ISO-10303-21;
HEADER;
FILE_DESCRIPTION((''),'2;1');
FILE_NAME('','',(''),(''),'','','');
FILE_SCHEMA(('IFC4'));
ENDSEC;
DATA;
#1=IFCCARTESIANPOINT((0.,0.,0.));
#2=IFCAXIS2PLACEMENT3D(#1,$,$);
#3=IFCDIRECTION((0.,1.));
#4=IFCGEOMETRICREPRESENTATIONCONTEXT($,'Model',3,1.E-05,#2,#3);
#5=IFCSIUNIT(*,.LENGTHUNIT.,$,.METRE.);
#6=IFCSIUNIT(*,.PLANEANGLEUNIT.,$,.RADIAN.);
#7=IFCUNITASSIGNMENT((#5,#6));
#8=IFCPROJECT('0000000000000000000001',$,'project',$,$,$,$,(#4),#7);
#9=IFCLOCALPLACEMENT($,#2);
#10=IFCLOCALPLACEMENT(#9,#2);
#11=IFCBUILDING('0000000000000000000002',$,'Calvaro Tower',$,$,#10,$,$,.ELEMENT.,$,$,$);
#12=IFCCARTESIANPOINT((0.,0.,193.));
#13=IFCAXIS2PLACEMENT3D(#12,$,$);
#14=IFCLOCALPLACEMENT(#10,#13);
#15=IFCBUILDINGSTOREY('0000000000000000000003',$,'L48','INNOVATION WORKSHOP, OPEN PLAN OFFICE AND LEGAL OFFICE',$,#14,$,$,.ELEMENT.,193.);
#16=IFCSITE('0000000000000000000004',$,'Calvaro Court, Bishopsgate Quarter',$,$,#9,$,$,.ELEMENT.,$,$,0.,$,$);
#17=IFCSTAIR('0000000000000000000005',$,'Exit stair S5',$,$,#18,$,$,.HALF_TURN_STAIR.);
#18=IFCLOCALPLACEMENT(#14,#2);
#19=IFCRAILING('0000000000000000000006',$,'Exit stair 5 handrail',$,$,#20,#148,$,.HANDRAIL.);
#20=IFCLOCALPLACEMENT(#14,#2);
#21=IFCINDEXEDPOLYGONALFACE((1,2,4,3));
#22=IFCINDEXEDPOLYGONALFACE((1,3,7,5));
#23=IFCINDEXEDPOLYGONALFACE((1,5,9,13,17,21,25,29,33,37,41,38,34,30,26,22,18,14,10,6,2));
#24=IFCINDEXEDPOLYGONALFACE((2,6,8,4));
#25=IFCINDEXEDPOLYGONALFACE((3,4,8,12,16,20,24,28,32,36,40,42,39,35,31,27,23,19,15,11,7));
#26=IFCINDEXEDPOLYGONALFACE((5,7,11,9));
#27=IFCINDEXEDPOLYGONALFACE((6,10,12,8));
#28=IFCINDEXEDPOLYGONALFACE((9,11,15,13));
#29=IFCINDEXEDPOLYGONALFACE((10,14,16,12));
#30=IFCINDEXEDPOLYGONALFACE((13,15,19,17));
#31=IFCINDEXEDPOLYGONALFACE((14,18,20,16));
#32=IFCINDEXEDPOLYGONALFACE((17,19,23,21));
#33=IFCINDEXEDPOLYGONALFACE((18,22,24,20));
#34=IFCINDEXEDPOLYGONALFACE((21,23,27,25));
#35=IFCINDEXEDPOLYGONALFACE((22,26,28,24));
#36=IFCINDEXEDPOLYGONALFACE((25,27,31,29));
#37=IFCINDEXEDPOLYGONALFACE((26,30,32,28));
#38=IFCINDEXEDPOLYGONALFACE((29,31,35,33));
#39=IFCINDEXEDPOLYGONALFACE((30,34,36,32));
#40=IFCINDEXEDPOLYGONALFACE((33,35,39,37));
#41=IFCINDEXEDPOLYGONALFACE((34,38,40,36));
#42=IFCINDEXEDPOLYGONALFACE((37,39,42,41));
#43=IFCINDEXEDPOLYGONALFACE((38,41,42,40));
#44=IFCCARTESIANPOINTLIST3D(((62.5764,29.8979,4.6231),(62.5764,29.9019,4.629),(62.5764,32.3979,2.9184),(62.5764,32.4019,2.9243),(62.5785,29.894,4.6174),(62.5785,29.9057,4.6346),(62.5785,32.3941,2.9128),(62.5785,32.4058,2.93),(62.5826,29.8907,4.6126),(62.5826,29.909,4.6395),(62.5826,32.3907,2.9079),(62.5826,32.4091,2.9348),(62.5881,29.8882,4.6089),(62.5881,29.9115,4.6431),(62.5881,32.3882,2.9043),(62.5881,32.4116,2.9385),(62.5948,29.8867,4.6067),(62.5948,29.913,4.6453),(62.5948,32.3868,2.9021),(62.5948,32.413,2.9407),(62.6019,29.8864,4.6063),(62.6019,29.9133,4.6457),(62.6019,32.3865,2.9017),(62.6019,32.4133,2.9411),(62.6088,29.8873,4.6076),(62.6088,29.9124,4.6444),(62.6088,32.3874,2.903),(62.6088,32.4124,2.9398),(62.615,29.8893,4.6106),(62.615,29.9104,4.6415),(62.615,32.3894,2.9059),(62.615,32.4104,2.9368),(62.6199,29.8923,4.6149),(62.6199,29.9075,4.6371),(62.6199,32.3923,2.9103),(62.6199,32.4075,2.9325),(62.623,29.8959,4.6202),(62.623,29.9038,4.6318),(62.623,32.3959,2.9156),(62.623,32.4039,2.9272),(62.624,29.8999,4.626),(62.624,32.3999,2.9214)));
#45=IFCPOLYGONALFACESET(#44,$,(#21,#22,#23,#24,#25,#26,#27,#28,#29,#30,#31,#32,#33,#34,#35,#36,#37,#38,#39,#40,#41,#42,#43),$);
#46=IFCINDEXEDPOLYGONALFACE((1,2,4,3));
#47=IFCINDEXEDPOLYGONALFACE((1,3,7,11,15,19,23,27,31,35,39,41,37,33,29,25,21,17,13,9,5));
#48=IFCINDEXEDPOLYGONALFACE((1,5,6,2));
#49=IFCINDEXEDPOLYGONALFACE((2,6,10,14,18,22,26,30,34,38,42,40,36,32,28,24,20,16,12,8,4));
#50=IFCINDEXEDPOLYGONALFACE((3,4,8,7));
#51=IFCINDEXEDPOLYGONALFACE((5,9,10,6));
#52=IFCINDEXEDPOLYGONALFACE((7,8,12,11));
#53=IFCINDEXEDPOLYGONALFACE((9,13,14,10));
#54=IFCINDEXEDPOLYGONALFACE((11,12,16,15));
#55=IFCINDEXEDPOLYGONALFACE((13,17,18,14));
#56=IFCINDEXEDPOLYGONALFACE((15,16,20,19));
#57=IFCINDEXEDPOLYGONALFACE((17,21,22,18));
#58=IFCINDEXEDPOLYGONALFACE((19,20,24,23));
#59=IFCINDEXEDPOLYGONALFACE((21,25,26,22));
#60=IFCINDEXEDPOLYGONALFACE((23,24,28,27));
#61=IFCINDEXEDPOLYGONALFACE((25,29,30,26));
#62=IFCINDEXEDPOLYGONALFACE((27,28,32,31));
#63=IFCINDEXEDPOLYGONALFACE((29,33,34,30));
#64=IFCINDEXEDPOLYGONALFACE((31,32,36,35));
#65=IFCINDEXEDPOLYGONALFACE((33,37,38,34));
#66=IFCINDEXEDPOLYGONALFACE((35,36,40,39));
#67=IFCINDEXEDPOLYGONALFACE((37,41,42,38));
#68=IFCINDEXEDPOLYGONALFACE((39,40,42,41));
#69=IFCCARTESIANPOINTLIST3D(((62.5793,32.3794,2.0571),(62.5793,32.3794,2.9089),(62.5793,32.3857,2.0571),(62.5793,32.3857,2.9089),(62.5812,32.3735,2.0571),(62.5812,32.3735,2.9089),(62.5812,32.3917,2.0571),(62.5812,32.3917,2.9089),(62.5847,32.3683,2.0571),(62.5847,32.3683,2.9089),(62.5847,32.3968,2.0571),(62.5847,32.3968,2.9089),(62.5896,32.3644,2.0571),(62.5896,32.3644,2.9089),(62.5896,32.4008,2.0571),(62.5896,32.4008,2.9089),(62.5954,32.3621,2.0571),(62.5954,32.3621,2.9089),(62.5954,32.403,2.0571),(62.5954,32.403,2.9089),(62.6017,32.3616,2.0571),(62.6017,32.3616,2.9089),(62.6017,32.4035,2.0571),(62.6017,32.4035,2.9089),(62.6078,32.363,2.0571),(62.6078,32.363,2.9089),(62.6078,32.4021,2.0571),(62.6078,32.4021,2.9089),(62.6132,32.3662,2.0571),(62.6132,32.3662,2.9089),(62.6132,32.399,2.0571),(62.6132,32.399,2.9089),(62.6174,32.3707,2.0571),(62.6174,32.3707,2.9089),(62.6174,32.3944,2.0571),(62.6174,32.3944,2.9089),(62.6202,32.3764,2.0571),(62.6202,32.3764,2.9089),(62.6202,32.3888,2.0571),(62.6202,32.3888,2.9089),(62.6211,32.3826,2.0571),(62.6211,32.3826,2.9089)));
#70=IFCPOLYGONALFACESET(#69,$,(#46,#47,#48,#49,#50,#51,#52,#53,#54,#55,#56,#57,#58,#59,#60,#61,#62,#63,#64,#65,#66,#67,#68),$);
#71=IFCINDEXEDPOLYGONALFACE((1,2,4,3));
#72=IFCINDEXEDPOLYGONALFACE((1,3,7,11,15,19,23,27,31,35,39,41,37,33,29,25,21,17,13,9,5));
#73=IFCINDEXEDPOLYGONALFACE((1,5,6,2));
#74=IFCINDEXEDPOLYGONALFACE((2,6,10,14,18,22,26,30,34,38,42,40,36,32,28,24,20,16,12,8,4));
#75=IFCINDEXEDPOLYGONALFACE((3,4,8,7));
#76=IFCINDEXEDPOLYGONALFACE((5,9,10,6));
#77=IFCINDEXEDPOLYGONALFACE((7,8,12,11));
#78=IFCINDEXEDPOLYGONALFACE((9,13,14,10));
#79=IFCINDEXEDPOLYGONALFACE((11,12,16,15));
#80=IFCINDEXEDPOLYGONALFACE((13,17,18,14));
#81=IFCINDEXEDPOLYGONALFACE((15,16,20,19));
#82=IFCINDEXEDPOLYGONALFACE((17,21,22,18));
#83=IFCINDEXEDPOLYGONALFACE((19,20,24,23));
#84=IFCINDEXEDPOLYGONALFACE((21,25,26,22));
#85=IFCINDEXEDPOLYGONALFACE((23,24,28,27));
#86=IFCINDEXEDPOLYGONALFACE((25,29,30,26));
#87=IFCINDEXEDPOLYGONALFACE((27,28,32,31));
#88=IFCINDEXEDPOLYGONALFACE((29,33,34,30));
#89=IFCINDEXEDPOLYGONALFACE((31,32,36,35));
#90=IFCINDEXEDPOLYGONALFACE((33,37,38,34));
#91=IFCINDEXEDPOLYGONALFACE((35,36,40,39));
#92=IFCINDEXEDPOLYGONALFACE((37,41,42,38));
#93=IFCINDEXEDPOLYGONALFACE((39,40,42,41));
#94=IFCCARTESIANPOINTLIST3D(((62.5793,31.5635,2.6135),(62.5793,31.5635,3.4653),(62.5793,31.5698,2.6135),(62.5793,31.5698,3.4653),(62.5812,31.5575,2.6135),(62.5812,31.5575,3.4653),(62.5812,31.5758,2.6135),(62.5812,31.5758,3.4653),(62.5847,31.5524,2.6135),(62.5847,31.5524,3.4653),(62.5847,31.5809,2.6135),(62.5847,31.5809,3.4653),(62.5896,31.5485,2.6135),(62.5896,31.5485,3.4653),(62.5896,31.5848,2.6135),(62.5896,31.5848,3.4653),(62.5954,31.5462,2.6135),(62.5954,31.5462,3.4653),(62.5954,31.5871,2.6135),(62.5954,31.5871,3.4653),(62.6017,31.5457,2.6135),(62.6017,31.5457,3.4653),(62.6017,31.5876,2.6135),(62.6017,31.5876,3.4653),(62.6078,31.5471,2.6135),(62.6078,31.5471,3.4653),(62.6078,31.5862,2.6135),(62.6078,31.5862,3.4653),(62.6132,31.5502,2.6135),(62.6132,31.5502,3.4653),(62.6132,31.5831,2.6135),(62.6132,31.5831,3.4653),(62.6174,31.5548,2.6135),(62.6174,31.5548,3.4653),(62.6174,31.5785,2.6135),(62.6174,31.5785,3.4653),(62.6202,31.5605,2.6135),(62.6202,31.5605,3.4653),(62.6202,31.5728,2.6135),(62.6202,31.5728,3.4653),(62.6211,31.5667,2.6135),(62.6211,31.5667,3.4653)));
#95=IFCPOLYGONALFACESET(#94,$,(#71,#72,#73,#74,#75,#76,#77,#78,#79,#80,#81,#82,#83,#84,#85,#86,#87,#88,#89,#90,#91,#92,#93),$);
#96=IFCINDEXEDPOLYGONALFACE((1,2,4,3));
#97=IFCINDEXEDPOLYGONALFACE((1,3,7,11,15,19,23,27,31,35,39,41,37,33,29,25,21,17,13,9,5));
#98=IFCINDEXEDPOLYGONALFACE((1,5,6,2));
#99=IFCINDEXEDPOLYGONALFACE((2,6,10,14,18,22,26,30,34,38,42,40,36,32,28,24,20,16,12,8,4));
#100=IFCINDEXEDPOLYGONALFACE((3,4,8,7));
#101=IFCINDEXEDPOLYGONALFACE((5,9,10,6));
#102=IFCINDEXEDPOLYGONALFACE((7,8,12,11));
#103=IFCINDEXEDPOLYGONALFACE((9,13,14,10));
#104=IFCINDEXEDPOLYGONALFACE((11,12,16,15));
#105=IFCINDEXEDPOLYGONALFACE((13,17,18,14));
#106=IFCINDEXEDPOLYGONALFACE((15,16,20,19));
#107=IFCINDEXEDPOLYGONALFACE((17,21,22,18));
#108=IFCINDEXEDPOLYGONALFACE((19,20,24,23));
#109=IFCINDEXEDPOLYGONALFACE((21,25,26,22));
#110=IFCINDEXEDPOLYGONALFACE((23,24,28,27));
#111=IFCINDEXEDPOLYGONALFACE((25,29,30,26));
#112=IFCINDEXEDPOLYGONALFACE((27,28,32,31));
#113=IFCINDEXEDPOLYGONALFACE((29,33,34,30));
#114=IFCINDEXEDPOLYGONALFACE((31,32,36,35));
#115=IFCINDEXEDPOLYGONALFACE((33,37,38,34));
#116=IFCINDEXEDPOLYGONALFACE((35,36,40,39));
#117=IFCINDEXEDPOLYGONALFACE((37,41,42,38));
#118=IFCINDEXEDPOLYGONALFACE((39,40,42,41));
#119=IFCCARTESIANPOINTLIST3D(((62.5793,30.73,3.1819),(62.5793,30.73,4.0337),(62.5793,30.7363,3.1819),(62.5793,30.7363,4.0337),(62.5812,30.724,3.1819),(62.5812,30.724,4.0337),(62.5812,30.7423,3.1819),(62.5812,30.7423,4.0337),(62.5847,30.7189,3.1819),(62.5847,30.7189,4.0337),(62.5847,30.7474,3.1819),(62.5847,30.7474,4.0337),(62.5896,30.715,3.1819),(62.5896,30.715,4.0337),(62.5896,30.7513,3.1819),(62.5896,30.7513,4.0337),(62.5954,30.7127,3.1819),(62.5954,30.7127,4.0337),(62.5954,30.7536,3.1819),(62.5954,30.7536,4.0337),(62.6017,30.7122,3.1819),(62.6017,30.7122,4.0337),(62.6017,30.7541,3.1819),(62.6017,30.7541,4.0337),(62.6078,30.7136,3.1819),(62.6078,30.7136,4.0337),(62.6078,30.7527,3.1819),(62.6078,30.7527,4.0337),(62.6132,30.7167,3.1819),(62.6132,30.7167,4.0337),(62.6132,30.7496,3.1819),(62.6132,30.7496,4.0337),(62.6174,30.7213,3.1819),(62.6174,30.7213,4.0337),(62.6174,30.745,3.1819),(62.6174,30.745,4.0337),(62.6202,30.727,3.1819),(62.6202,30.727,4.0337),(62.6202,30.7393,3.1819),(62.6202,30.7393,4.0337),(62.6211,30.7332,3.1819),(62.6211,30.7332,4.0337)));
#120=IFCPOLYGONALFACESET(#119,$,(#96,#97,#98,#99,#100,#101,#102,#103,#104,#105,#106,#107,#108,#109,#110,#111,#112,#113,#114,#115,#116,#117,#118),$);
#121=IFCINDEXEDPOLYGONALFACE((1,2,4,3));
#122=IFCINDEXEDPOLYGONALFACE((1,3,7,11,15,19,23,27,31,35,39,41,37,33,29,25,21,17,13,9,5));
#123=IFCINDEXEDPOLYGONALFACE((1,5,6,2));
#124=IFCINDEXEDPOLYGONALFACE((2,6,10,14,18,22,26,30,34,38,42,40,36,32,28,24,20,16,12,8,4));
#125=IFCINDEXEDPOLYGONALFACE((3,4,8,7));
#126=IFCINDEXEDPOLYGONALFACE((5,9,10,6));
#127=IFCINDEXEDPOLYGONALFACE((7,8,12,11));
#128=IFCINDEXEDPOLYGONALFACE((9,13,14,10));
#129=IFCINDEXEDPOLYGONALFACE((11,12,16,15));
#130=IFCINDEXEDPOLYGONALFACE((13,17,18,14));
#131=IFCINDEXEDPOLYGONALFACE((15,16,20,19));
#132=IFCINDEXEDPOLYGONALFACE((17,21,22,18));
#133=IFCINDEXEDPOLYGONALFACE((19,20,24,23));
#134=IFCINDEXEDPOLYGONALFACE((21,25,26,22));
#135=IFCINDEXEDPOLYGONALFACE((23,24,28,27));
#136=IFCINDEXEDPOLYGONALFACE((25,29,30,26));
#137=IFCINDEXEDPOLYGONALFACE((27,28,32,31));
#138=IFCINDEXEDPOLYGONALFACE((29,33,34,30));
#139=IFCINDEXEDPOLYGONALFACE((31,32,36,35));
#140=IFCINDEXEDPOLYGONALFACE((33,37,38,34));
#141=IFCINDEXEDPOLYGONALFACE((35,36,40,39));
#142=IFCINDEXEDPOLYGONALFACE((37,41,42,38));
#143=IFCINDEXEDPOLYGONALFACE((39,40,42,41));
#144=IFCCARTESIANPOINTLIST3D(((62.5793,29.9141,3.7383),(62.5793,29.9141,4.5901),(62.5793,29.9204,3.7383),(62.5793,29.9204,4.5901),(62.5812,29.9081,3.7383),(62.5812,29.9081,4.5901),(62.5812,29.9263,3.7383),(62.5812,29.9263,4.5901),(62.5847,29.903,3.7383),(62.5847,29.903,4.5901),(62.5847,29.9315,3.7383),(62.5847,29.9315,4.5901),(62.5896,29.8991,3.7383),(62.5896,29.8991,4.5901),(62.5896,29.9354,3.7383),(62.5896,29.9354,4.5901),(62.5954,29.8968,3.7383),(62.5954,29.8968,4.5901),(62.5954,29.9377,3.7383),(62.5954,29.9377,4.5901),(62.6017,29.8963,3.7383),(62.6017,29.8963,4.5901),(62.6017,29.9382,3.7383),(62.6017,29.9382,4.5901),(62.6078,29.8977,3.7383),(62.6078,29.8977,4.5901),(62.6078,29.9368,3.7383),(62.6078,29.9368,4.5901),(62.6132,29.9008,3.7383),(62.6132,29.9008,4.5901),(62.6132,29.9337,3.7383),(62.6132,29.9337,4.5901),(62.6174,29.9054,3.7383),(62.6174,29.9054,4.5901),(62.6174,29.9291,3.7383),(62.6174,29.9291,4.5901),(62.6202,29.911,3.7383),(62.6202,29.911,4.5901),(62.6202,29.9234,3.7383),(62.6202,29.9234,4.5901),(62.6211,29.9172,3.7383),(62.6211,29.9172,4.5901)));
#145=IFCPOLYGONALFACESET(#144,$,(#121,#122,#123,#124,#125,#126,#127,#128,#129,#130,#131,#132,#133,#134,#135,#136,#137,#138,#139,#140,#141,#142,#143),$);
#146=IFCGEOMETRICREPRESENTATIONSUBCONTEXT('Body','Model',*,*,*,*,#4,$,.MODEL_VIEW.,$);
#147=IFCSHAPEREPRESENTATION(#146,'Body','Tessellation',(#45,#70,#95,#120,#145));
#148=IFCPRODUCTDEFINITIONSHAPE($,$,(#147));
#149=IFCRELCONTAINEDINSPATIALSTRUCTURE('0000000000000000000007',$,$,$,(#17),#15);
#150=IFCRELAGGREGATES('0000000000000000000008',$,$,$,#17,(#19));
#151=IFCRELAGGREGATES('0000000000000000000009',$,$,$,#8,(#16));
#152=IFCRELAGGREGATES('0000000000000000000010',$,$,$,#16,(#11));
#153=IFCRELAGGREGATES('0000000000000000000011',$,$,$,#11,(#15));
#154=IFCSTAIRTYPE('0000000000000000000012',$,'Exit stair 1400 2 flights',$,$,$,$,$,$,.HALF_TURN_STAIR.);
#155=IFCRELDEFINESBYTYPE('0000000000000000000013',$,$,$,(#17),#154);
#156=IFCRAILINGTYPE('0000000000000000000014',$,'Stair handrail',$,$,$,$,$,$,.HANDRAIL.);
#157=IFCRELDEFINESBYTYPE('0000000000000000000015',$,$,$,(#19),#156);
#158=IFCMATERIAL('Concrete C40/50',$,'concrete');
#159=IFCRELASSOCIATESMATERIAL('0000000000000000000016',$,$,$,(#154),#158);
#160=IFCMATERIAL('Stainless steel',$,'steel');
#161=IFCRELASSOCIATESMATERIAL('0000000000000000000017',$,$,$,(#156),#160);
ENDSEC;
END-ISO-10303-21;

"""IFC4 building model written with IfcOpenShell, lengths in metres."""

from ifc_helpers import new_model, si_unit, direction, frame, origin, origin_2d, place, context, subcontext, project, spatial, circle, extrude, material, type_object, element, aggregate, save


model = new_model("IFC4")

# Units and contexts
model_context = context("Model", 3, precision=1e-05, world=origin(), true_north=direction((0.0, 1.0)))
body_context = subcontext(model_context, "Body", "Model", "MODEL_VIEW")
ifc_project = project(units=[si_unit("LENGTHUNIT", "METRE"), si_unit("PLANEANGLEUNIT", "RADIAN")], contexts=[model_context])

# Site, building, storey
site_placement = place(None, origin())
site = spatial("IfcSite", under=ifc_project, at=site_placement, Name="Calvaro Court, Bishopsgate Quarter", CompositionType="ELEMENT", RefElevation=0.0)
building_placement = place(site_placement, origin())
building = spatial("IfcBuilding", under=site, at=building_placement, Name="Calvaro Tower", CompositionType="ELEMENT")
storey_placement = place(building_placement, frame((0.0, 0.0, 193.0)))
storey = spatial("IfcBuildingStorey", under=building, at=storey_placement, Name="L48", Description="INNOVATION WORKSHOP, OPEN PLAN OFFICE AND LEGAL OFFICE", CompositionType="ELEMENT", Elevation=193.0)

# Stair, railing
ifc_material_1 = material(Name="Concrete C40/50", Category="concrete")
stair_type = type_object("IfcStairType", Name="Exit stair 1400 2 flights", PredefinedType="HALF_TURN_STAIR", material=ifc_material_1)
stair_placement = place(storey_placement, origin())
stair = element("IfcStair", 1, at=stair_placement, inside=storey, type_object=stair_type, Name="Exit stair S5", PredefinedType="HALF_TURN_STAIR")
ifc_material_2 = material(Name="Stainless steel", Category="steel")
railing_type = type_object("IfcRailingType", Name="Stair handrail", PredefinedType="HANDRAIL", material=ifc_material_2)
railing_1_placement = place(storey_placement, frame((62.6001, 32.3999, 2.0454)))
railing_1 = element("IfcRailing", 2, at=railing_1_placement, type_object=railing_type, Name="Exit stair 5 handrail", PredefinedType="HANDRAIL", context=body_context, shape_type="SweptSolid", body=[
    extrude(circle(Radius=0.0239, at=origin_2d()), frame((0.0, 0.0, 0.876), z_axis=(0.0, -0.826221, 0.563347), x_axis=(1.0, 0.0, 0.0)), (0.0, 0.0, 1.0), 3.0259),
    extrude(circle(Radius=0.021, at=origin_2d()), frame((0.0, -0.0173, 0.0117)), (0.0, 0.0, 1.0), 0.8518),
    extrude(circle(Radius=0.021, at=origin_2d()), frame((0.0, -0.8333, 0.5681)), (0.0, 0.0, 1.0), 0.8518),
    extrude(circle(Radius=0.021, at=origin_2d()), frame((0.0, -1.6667, 1.1365)), (0.0, 0.0, 1.0), 0.8518),
    extrude(circle(Radius=0.021, at=origin_2d()), frame((0.0, -2.4827, 1.6929)), (0.0, 0.0, 1.0), 0.8518),
])
aggregate(stair, [railing_1])

save(model, "model.ifc")
